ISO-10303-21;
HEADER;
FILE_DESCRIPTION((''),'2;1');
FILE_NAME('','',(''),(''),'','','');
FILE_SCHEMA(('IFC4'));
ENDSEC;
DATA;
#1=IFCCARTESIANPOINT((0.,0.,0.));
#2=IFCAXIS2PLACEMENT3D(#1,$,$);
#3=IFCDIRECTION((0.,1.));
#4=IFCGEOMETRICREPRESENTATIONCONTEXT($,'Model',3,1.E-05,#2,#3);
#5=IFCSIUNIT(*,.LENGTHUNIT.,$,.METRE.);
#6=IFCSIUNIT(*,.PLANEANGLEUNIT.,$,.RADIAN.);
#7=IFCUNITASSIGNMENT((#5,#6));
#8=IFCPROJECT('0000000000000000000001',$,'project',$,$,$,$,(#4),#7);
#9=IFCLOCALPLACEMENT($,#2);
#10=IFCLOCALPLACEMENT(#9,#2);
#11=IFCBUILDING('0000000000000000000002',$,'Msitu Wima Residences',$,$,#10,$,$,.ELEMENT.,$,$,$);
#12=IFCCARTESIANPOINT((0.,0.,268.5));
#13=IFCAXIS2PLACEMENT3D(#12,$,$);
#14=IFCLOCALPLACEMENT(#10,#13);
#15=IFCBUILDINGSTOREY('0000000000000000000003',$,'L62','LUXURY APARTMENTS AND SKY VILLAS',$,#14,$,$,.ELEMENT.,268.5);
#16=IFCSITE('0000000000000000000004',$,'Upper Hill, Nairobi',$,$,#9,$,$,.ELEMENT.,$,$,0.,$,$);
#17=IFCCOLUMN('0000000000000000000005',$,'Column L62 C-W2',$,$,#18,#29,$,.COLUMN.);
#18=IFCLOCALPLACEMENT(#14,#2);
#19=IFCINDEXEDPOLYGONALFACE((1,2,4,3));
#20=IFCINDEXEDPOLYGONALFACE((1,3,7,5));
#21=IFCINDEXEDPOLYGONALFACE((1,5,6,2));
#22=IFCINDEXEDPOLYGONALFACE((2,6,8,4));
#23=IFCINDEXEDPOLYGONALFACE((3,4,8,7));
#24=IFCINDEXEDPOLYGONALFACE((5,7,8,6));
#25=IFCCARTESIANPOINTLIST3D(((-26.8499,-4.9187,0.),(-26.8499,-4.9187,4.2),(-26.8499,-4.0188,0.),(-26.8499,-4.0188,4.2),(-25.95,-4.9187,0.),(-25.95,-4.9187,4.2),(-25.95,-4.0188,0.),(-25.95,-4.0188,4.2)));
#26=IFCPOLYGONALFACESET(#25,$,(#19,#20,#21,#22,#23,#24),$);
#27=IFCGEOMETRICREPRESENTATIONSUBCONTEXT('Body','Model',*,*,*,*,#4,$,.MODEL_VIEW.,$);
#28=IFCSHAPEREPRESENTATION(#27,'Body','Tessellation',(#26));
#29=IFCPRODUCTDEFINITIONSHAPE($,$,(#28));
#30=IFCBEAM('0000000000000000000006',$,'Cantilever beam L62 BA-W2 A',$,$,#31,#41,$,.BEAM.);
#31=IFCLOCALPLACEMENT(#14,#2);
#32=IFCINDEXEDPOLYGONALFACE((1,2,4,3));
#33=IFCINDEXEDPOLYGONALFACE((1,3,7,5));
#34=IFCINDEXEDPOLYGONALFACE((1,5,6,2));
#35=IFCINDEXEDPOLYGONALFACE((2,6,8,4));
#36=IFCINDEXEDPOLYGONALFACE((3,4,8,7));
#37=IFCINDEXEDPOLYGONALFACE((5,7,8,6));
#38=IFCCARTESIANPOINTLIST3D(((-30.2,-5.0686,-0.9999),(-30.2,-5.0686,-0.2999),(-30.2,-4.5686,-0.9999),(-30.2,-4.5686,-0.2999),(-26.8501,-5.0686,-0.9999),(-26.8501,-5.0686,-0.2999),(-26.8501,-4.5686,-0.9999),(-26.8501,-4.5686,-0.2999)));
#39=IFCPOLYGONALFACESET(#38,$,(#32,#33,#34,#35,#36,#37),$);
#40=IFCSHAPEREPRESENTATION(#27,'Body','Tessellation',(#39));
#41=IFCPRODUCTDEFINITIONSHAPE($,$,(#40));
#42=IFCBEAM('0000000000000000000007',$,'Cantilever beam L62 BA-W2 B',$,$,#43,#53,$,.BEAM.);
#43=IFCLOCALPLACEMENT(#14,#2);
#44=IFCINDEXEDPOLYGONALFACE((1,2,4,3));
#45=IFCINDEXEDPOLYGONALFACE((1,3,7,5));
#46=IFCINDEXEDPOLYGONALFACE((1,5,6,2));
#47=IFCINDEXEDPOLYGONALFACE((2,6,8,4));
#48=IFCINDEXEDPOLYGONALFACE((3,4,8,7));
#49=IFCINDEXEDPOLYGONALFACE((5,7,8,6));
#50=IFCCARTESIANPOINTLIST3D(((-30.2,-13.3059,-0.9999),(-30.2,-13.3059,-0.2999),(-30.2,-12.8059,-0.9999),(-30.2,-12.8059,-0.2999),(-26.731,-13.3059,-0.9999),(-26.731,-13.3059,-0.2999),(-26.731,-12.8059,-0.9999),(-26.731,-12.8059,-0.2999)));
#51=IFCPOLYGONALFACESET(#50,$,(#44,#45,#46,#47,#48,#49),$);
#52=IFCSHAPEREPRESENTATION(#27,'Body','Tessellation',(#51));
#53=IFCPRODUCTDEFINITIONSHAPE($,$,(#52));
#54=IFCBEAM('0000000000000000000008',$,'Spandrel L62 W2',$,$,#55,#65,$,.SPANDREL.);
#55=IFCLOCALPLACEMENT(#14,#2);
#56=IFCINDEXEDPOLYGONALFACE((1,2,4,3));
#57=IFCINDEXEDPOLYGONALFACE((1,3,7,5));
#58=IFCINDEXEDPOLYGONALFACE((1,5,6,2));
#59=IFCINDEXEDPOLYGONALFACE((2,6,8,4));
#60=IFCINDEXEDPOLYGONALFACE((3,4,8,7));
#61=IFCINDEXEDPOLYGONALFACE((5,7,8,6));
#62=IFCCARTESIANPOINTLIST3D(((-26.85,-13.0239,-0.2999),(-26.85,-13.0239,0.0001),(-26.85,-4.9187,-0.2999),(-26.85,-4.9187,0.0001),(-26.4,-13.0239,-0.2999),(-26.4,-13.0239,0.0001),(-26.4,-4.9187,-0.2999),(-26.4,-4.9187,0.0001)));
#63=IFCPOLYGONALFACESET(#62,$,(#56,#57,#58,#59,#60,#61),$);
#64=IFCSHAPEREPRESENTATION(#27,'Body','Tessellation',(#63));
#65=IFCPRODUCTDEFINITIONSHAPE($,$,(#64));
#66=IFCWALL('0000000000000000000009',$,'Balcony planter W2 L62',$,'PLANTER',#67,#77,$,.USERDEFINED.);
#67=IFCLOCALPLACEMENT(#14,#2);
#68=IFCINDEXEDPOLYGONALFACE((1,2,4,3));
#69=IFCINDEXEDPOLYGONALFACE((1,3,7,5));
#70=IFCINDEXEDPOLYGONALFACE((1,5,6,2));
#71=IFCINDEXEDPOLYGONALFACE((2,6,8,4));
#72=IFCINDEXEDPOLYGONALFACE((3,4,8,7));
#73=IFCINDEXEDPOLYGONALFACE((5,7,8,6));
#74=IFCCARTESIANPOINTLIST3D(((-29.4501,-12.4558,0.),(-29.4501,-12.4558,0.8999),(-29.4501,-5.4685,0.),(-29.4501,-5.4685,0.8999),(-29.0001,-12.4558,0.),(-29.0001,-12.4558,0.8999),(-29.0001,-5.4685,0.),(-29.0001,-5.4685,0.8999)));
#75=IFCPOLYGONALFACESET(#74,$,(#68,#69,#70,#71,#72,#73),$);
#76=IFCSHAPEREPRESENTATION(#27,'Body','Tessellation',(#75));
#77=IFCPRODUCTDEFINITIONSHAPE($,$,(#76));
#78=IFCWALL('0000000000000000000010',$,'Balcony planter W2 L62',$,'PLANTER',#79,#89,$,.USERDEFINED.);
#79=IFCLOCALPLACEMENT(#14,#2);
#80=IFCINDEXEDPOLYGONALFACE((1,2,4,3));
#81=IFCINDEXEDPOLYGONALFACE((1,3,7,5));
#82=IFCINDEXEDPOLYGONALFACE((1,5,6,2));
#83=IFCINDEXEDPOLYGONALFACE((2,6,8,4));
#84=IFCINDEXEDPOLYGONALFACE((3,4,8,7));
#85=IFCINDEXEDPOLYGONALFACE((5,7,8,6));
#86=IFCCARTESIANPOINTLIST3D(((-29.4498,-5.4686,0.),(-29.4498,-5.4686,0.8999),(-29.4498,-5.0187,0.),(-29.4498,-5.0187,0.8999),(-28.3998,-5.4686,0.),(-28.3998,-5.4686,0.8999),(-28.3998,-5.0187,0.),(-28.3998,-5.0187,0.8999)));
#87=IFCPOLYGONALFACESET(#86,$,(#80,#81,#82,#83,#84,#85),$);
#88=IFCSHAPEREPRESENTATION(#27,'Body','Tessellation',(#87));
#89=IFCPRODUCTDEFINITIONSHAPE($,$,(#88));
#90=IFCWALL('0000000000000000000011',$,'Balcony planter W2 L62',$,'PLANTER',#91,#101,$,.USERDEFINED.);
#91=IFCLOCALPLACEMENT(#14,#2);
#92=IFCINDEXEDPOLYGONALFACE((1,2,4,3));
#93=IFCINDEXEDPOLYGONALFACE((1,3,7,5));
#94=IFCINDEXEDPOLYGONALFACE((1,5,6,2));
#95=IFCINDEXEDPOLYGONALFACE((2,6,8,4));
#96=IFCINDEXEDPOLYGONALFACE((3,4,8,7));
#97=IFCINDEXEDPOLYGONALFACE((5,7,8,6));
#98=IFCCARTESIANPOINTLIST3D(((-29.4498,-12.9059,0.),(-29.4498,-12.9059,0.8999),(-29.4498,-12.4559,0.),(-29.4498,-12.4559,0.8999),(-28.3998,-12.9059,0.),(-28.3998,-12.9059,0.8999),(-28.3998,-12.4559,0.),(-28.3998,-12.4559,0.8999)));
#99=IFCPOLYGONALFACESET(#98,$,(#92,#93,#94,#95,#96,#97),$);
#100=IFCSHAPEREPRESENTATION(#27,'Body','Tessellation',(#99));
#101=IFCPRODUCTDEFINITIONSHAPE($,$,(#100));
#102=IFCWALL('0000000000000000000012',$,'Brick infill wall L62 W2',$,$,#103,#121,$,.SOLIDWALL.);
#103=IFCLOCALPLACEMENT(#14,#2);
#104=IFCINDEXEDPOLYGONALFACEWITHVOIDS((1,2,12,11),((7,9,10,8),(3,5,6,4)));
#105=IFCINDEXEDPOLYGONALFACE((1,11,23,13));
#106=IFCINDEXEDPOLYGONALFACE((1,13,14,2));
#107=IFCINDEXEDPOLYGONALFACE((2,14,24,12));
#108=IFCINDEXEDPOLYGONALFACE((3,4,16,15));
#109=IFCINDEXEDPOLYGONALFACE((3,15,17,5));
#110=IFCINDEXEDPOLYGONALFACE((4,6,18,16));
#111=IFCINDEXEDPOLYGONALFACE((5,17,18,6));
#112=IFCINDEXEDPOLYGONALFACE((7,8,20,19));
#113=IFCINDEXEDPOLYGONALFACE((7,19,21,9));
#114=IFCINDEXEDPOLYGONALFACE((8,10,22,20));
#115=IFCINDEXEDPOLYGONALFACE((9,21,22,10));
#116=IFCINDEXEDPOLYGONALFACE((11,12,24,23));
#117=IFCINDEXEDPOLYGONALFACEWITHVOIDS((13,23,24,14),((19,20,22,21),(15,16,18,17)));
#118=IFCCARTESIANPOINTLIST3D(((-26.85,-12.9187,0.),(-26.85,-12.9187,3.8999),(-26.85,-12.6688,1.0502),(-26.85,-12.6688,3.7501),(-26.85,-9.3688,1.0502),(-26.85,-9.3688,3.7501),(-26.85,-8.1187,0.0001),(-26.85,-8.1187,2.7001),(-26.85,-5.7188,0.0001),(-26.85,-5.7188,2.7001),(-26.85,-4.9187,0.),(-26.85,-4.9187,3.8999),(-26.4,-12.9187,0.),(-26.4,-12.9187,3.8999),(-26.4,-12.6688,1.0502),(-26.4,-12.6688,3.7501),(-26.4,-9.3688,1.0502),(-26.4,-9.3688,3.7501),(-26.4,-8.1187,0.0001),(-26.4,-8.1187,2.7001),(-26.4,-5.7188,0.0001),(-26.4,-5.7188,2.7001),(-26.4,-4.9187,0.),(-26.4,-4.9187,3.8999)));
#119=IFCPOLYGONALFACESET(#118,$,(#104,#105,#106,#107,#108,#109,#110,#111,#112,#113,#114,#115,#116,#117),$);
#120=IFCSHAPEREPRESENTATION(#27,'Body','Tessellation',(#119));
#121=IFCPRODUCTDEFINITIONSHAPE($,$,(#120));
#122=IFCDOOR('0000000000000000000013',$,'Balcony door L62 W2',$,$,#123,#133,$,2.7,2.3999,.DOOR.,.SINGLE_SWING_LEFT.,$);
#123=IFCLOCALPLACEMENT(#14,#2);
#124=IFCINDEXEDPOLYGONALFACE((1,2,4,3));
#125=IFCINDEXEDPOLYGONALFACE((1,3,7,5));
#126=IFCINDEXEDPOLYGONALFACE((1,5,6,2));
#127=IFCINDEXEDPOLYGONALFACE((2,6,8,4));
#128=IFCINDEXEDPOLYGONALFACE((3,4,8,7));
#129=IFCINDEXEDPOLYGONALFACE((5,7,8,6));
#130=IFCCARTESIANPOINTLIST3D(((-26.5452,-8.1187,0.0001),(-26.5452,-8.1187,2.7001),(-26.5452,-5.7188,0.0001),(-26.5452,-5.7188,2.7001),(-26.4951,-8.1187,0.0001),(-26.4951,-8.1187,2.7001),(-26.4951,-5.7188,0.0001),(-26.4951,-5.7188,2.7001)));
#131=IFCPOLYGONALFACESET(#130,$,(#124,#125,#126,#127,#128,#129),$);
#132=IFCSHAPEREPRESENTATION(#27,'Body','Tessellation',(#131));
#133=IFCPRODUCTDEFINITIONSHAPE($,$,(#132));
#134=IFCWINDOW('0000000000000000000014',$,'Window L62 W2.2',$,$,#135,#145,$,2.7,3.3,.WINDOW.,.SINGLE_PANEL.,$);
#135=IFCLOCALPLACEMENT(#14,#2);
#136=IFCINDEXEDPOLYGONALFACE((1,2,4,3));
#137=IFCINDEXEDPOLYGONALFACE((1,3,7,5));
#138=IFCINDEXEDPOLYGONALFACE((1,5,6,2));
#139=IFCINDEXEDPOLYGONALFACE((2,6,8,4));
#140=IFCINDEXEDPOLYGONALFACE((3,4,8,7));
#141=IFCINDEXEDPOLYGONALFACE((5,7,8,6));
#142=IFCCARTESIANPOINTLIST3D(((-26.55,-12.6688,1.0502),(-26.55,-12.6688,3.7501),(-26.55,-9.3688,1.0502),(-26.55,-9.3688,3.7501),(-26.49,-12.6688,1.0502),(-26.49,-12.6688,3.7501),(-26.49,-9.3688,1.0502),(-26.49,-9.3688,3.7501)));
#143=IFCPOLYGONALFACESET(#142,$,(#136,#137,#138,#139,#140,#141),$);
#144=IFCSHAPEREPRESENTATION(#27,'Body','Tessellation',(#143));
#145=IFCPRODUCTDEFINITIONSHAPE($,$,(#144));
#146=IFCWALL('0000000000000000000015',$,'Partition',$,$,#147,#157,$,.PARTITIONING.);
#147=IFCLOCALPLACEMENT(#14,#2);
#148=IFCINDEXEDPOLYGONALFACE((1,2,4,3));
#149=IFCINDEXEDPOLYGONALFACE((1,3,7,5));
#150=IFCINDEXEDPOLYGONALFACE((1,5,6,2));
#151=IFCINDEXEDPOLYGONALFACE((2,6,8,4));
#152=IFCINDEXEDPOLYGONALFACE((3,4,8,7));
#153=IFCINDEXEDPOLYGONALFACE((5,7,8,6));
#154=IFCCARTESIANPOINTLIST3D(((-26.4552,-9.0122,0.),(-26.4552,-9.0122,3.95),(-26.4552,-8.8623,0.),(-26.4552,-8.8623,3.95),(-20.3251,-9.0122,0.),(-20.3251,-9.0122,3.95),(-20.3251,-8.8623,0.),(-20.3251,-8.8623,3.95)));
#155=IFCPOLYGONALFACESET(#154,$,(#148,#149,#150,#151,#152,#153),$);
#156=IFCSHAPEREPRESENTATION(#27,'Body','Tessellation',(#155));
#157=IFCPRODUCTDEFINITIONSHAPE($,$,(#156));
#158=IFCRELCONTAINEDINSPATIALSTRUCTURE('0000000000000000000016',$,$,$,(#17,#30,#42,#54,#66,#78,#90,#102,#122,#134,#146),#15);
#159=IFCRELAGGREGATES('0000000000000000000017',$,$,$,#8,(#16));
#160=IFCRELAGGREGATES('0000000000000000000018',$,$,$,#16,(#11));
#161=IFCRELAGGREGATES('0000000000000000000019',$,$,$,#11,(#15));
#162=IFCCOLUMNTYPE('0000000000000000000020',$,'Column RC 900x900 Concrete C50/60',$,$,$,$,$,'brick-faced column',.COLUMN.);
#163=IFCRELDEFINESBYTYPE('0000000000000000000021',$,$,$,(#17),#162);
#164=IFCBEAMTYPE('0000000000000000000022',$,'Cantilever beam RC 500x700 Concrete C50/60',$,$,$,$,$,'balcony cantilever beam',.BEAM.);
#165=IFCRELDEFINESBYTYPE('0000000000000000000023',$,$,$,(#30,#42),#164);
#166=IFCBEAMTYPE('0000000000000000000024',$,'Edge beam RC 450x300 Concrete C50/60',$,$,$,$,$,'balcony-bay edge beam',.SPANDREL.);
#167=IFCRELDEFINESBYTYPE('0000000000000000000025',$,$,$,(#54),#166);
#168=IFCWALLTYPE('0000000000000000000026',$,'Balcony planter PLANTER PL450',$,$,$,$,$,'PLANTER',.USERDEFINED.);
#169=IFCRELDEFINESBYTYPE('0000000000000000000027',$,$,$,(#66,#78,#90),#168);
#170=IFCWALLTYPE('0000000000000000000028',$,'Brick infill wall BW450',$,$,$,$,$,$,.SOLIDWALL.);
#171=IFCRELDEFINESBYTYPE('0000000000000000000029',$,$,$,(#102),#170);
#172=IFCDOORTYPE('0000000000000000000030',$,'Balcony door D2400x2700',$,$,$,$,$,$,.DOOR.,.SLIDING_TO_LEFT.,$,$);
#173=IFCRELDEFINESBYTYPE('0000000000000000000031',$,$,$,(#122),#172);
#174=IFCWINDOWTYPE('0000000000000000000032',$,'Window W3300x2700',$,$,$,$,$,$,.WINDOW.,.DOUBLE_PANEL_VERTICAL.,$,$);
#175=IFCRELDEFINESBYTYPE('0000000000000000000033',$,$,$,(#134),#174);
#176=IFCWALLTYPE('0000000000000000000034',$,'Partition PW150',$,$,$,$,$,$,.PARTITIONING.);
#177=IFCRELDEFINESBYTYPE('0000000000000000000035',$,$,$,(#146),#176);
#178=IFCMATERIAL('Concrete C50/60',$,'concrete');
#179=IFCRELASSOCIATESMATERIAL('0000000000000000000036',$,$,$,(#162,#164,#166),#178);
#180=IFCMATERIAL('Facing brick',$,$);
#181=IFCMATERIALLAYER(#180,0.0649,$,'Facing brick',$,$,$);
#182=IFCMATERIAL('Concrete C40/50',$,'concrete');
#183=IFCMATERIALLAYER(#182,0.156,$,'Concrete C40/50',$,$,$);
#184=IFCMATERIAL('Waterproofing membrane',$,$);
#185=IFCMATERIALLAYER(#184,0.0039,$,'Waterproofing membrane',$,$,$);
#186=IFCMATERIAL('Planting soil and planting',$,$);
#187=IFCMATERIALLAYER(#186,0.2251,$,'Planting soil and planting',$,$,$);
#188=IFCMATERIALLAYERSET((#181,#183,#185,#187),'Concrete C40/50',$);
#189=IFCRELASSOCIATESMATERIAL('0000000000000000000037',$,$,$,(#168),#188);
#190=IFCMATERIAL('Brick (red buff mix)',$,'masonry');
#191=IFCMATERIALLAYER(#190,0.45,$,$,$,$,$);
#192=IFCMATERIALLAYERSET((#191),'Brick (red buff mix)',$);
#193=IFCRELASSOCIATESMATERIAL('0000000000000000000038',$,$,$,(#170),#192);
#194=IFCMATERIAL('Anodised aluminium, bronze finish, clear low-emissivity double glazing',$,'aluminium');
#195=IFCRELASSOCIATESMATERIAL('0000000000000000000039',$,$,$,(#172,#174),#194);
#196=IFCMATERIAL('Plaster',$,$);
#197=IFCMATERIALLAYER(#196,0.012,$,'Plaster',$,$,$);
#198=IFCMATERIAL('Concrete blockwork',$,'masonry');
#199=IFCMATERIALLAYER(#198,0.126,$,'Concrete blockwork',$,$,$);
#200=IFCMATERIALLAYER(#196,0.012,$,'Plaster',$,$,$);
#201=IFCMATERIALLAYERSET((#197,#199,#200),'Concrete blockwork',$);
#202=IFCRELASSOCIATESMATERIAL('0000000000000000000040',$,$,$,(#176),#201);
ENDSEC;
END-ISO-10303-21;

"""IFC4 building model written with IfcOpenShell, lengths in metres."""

from ifc_helpers import new_model, si_unit, direction, frame, frame_2d, origin, origin_2d, place, context, subcontext, project, spatial, rectangle, extrude, material, layer, layer_set, material_profile, profile_set, type_object, element, fill, save


model = new_model("IFC4")

# Units and contexts
model_context = context("Model", 3, precision=1e-05, world=origin(), true_north=direction((0.0, 1.0)))
body_context = subcontext(model_context, "Body", "Model", "MODEL_VIEW")
ifc_project = project(units=[si_unit("LENGTHUNIT", "METRE"), si_unit("PLANEANGLEUNIT", "RADIAN")], contexts=[model_context])

# Site, building, storey
site_placement = place(None, origin())
site = spatial("IfcSite", under=ifc_project, at=site_placement, Name="Upper Hill, Nairobi", CompositionType="ELEMENT", RefElevation=0.0)
building_placement = place(site_placement, origin())
building = spatial("IfcBuilding", under=site, at=building_placement, Name="Msitu Wima Residences", CompositionType="ELEMENT")
storey_placement = place(building_placement, frame((0.0, 0.0, 268.5)))
storey = spatial("IfcBuildingStorey", under=building, at=storey_placement, Name="L62", Description="LUXURY APARTMENTS AND SKY VILLAS", CompositionType="ELEMENT", Elevation=268.5)

# Column
ifc_material_1 = material(Name="Concrete C50/60", Category="concrete")
ifc_material_profile_1 = material_profile(ifc_material_1, rectangle(XDim=0.8999, YDim=0.8999, at=origin_2d()), Name="RC 900x900")
ifc_profile_set_1 = profile_set([ifc_material_profile_1], Name="Concrete C50/60")
column_type = type_object("IfcColumnType", Name="Column RC 900x900 Concrete C50/60", ElementType="brick-faced column", PredefinedType="COLUMN", material=ifc_profile_set_1)
column_placement = place(storey_placement, frame((-26.3999, -4.4688, 0.0), z_axis=(0.0, 0.0, 1.0), x_axis=(0.0, -1.0, 0.0)))
element("IfcColumn", 1, at=column_placement, inside=storey, type_object=column_type, Name="Column L62 C-W2", PredefinedType="COLUMN", context=body_context, shape_type="SweptSolid", body=[
    extrude(rectangle(XDim=0.8999, YDim=0.8999, at=origin_2d()), origin(), (0.0, 0.0, 1.0), 4.2),
])

# Beams
ifc_material_profile_2 = material_profile(ifc_material_1, rectangle(XDim=0.5, YDim=0.7, at=origin_2d()), Name="RC 500x700")
ifc_profile_set_2 = profile_set([ifc_material_profile_2], Name="Concrete C50/60")
beam_type_1 = type_object("IfcBeamType", Name="Cantilever beam RC 500x700 Concrete C50/60", ElementType="balcony cantilever beam", PredefinedType="BEAM", material=ifc_profile_set_2)
beam_1_placement = place(storey_placement, frame((-26.8501, -4.8186, -0.6499), z_axis=(-1.0, 0.0, 0.0), x_axis=(0.0, -1.0, 0.0)))
element("IfcBeam", 2, at=beam_1_placement, inside=storey, type_object=beam_type_1, Name="Cantilever beam L62 BA-W2 A", PredefinedType="BEAM", context=body_context, shape_type="SweptSolid", body=[
    extrude(rectangle(XDim=0.5, YDim=0.7, at=origin_2d()), origin(), (0.0, 0.0, 1.0), 3.3499),
])
beam_2_placement = place(storey_placement, frame((-26.731, -13.0559, -0.6499), z_axis=(-1.0, 0.0, 0.0), x_axis=(0.0, -1.0, 0.0)))
element("IfcBeam", 3, at=beam_2_placement, inside=storey, type_object=beam_type_1, Name="Cantilever beam L62 BA-W2 B", PredefinedType="BEAM", context=body_context, shape_type="SweptSolid", body=[
    extrude(rectangle(XDim=0.5, YDim=0.7, at=origin_2d()), origin(), (0.0, 0.0, 1.0), 3.469),
])
ifc_material_profile_3 = material_profile(ifc_material_1, rectangle(XDim=0.45, YDim=0.3, at=origin_2d()), Name="RC 450x300")
ifc_profile_set_3 = profile_set([ifc_material_profile_3], Name="Concrete C50/60")
beam_type_2 = type_object("IfcBeamType", Name="Edge beam RC 450x300 Concrete C50/60", ElementType="balcony-bay edge beam", PredefinedType="SPANDREL", material=ifc_profile_set_3)
beam_3_placement = place(storey_placement, frame((-26.625, -4.9187, -0.1499), z_axis=(0.0, -1.0, 0.0), x_axis=(1.0, 0.0, 0.0)))
element("IfcBeam", 4, at=beam_3_placement, inside=storey, type_object=beam_type_2, Name="Spandrel L62 W2", PredefinedType="SPANDREL", context=body_context, shape_type="SweptSolid", body=[
    extrude(rectangle(XDim=0.45, YDim=0.3, at=origin_2d()), origin(), (0.0, 0.0, 1.0), 8.1052),
])

# Walls
ifc_material_2 = material(Name="Facing brick")
ifc_layer_1 = layer(ifc_material_2, 0.0649, Name="Facing brick")
ifc_material_3 = material(Name="Concrete C40/50", Category="concrete")
ifc_layer_2 = layer(ifc_material_3, 0.156, Name="Concrete C40/50")
ifc_material_4 = material(Name="Waterproofing membrane")
ifc_layer_3 = layer(ifc_material_4, 0.0039, Name="Waterproofing membrane")
ifc_material_5 = material(Name="Planting soil and planting")
ifc_layer_4 = layer(ifc_material_5, 0.2251, Name="Planting soil and planting")
ifc_layer_set_1 = layer_set([ifc_layer_1, ifc_layer_2, ifc_layer_3, ifc_layer_4], Name="Concrete C40/50")
wall_type_1 = type_object("IfcWallType", Name="Balcony planter PLANTER PL450", ElementType="PLANTER", PredefinedType="USERDEFINED", material=ifc_layer_set_1)
wall_1_placement = place(storey_placement, frame((-29.2251, -5.4685, 0.0), z_axis=(0.0, 0.0, 1.0), x_axis=(0.0, -1.0, 0.0)))
element("IfcWall", 5, at=wall_1_placement, inside=storey, type_object=wall_type_1, Name="Balcony planter W2 L62", ObjectType="PLANTER", PredefinedType="USERDEFINED", context=body_context, shape_type="SweptSolid", body=[
    extrude(rectangle(XDim=6.9873, YDim=0.45, at=frame_2d((3.4937, 0.0))), origin(), (0.0, 0.0, 1.0), 0.8999),
])
for number, where, z_axis, x_axis, name in (
    (6, (-28.3999, -5.2437, 0.0), (0.0, 0.0, 1.0), (-1.0, 0.0, 0.0), "Balcony planter W2 L62"),
    (7, (-28.3999, -12.6809, 0.0), (0.0, 0.0, 1.0), (-1.0, 0.0, 0.0), "Balcony planter W2 L62"),
):
    element("IfcWall", number, at=place(storey_placement, frame(where, z_axis=z_axis, x_axis=x_axis)), inside=storey, type_object=wall_type_1, Name=name, ObjectType="PLANTER", PredefinedType="USERDEFINED", context=body_context, shape_type="SweptSolid", body=[
        extrude(rectangle(XDim=1.05, YDim=0.45, at=frame_2d((0.5249, 0.0))), origin(), (0.0, 0.0, 1.0), 0.8999),
    ])

# Wall, openings, door, window
ifc_material_6 = material(Name="Brick (red buff mix)", Category="masonry")
ifc_layer_5 = layer(ifc_material_6, 0.45)
ifc_layer_set_2 = layer_set([ifc_layer_5], Name="Brick (red buff mix)")
wall_type_2 = type_object("IfcWallType", Name="Brick infill wall BW450", PredefinedType="SOLIDWALL", material=ifc_layer_set_2)
wall_2_placement = place(storey_placement, frame((-26.625, -4.9187, 0.0), z_axis=(0.0, 0.0, 1.0), x_axis=(0.0, -1.0, 0.0)))
wall_2 = element("IfcWall", 8, at=wall_2_placement, inside=storey, type_object=wall_type_2, Name="Brick infill wall L62 W2", PredefinedType="SOLIDWALL", context=body_context, shape_type="SweptSolid", body=[
    extrude(rectangle(XDim=8.0, YDim=0.45, at=frame_2d((4.0, 0.0))), origin(), (0.0, 0.0, 1.0), 3.8999),
])
opening_1_placement = place(wall_2_placement, frame((0.8, 0.0, 0.0)))
opening_1 = element("IfcOpeningElement", 9, at=opening_1_placement, cuts=wall_2, PredefinedType="OPENING", context=body_context, shape_type="SweptSolid", body=[
    extrude(rectangle(XDim=2.3999, YDim=2.7, at=frame_2d((1.2, 1.3501))), frame((0.0, 0.2349, 0.0), z_axis=(0.0, -1.0, 0.0), x_axis=(1.0, 0.0, 0.0)), (0.0, 0.0, 1.0), 0.47),
])
opening_2_placement = place(wall_2_placement, frame((4.4502, 0.0, 1.05)))
opening_2 = element("IfcOpeningElement", 10, at=opening_2_placement, cuts=wall_2, PredefinedType="OPENING", context=body_context, shape_type="SweptSolid", body=[
    extrude(rectangle(XDim=3.3, YDim=2.7, at=frame_2d((1.6499, 1.3501))), frame((0.0, 0.2349, 0.0), z_axis=(0.0, -1.0, 0.0), x_axis=(1.0, 0.0, 0.0)), (0.0, 0.0, 1.0), 0.47),
])
ifc_material_7 = material(Name="Anodised aluminium, bronze finish, clear low-emissivity double glazing", Category="aluminium")
door_type = type_object("IfcDoorType", Name="Balcony door D2400x2700", OperationType="SLIDING_TO_LEFT", PredefinedType="DOOR", material=ifc_material_7)
door_placement = place(opening_1_placement, origin())
door = element("IfcDoor", 11, at=door_placement, inside=storey, type_object=door_type, Name="Balcony door L62 W2", OperationType="SINGLE_SWING_LEFT", OverallHeight=2.7, OverallWidth=2.3999, PredefinedType="DOOR", context=body_context, shape_type="SweptSolid", body=[
    extrude(rectangle(XDim=2.3999, YDim=2.7, at=frame_2d((1.2, 1.3501))), frame((0.0, 0.1299, 0.0), z_axis=(0.0, -1.0, 0.0), x_axis=(1.0, 0.0, 0.0)), (0.0, 0.0, 1.0), 0.05),
])
fill(opening_1, door)
window_type = type_object("IfcWindowType", Name="Window W3300x2700", PartitioningType="DOUBLE_PANEL_VERTICAL", PredefinedType="WINDOW", material=ifc_material_7)
window_placement = place(opening_2_placement, origin())
window = element("IfcWindow", 12, at=window_placement, inside=storey, type_object=window_type, Name="Window L62 W2.2", OverallHeight=2.7, OverallWidth=3.3, PartitioningType="SINGLE_PANEL", PredefinedType="WINDOW", context=body_context, shape_type="SweptSolid", body=[
    extrude(rectangle(XDim=3.3, YDim=2.7, at=frame_2d((1.6499, 1.3501))), frame((0.0, 0.135, 0.0), z_axis=(0.0, -1.0, 0.0), x_axis=(1.0, 0.0, 0.0)), (0.0, 0.0, 1.0), 0.0601),
])
fill(opening_2, window)

# Wall
ifc_material_8 = material(Name="Plaster")
ifc_layer_6 = layer(ifc_material_8, 0.012, Name="Plaster")
ifc_material_9 = material(Name="Concrete blockwork", Category="masonry")
ifc_layer_7 = layer(ifc_material_9, 0.126, Name="Concrete blockwork")
ifc_layer_8 = layer(ifc_material_8, 0.012, Name="Plaster")
ifc_layer_set_3 = layer_set([ifc_layer_6, ifc_layer_7, ifc_layer_8], Name="Concrete blockwork")
wall_type_3 = type_object("IfcWallType", Name="Partition PW150", PredefinedType="PARTITIONING", material=ifc_layer_set_3)
wall_3_placement = place(storey_placement, frame((-26.4551, -8.9373, 0.0), z_axis=(0.0, 0.0, 1.0), x_axis=(1.0, 0.0, 0.0)))
element("IfcWall", 13, at=wall_3_placement, inside=storey, type_object=wall_type_3, Name="Partition", PredefinedType="PARTITIONING", context=body_context, shape_type="SweptSolid", body=[
    extrude(rectangle(XDim=6.1301, YDim=0.1499, at=frame_2d((3.0649, 0.0))), origin(), (0.0, 0.0, 1.0), 3.95),
])

save(model, "model.ifc")
